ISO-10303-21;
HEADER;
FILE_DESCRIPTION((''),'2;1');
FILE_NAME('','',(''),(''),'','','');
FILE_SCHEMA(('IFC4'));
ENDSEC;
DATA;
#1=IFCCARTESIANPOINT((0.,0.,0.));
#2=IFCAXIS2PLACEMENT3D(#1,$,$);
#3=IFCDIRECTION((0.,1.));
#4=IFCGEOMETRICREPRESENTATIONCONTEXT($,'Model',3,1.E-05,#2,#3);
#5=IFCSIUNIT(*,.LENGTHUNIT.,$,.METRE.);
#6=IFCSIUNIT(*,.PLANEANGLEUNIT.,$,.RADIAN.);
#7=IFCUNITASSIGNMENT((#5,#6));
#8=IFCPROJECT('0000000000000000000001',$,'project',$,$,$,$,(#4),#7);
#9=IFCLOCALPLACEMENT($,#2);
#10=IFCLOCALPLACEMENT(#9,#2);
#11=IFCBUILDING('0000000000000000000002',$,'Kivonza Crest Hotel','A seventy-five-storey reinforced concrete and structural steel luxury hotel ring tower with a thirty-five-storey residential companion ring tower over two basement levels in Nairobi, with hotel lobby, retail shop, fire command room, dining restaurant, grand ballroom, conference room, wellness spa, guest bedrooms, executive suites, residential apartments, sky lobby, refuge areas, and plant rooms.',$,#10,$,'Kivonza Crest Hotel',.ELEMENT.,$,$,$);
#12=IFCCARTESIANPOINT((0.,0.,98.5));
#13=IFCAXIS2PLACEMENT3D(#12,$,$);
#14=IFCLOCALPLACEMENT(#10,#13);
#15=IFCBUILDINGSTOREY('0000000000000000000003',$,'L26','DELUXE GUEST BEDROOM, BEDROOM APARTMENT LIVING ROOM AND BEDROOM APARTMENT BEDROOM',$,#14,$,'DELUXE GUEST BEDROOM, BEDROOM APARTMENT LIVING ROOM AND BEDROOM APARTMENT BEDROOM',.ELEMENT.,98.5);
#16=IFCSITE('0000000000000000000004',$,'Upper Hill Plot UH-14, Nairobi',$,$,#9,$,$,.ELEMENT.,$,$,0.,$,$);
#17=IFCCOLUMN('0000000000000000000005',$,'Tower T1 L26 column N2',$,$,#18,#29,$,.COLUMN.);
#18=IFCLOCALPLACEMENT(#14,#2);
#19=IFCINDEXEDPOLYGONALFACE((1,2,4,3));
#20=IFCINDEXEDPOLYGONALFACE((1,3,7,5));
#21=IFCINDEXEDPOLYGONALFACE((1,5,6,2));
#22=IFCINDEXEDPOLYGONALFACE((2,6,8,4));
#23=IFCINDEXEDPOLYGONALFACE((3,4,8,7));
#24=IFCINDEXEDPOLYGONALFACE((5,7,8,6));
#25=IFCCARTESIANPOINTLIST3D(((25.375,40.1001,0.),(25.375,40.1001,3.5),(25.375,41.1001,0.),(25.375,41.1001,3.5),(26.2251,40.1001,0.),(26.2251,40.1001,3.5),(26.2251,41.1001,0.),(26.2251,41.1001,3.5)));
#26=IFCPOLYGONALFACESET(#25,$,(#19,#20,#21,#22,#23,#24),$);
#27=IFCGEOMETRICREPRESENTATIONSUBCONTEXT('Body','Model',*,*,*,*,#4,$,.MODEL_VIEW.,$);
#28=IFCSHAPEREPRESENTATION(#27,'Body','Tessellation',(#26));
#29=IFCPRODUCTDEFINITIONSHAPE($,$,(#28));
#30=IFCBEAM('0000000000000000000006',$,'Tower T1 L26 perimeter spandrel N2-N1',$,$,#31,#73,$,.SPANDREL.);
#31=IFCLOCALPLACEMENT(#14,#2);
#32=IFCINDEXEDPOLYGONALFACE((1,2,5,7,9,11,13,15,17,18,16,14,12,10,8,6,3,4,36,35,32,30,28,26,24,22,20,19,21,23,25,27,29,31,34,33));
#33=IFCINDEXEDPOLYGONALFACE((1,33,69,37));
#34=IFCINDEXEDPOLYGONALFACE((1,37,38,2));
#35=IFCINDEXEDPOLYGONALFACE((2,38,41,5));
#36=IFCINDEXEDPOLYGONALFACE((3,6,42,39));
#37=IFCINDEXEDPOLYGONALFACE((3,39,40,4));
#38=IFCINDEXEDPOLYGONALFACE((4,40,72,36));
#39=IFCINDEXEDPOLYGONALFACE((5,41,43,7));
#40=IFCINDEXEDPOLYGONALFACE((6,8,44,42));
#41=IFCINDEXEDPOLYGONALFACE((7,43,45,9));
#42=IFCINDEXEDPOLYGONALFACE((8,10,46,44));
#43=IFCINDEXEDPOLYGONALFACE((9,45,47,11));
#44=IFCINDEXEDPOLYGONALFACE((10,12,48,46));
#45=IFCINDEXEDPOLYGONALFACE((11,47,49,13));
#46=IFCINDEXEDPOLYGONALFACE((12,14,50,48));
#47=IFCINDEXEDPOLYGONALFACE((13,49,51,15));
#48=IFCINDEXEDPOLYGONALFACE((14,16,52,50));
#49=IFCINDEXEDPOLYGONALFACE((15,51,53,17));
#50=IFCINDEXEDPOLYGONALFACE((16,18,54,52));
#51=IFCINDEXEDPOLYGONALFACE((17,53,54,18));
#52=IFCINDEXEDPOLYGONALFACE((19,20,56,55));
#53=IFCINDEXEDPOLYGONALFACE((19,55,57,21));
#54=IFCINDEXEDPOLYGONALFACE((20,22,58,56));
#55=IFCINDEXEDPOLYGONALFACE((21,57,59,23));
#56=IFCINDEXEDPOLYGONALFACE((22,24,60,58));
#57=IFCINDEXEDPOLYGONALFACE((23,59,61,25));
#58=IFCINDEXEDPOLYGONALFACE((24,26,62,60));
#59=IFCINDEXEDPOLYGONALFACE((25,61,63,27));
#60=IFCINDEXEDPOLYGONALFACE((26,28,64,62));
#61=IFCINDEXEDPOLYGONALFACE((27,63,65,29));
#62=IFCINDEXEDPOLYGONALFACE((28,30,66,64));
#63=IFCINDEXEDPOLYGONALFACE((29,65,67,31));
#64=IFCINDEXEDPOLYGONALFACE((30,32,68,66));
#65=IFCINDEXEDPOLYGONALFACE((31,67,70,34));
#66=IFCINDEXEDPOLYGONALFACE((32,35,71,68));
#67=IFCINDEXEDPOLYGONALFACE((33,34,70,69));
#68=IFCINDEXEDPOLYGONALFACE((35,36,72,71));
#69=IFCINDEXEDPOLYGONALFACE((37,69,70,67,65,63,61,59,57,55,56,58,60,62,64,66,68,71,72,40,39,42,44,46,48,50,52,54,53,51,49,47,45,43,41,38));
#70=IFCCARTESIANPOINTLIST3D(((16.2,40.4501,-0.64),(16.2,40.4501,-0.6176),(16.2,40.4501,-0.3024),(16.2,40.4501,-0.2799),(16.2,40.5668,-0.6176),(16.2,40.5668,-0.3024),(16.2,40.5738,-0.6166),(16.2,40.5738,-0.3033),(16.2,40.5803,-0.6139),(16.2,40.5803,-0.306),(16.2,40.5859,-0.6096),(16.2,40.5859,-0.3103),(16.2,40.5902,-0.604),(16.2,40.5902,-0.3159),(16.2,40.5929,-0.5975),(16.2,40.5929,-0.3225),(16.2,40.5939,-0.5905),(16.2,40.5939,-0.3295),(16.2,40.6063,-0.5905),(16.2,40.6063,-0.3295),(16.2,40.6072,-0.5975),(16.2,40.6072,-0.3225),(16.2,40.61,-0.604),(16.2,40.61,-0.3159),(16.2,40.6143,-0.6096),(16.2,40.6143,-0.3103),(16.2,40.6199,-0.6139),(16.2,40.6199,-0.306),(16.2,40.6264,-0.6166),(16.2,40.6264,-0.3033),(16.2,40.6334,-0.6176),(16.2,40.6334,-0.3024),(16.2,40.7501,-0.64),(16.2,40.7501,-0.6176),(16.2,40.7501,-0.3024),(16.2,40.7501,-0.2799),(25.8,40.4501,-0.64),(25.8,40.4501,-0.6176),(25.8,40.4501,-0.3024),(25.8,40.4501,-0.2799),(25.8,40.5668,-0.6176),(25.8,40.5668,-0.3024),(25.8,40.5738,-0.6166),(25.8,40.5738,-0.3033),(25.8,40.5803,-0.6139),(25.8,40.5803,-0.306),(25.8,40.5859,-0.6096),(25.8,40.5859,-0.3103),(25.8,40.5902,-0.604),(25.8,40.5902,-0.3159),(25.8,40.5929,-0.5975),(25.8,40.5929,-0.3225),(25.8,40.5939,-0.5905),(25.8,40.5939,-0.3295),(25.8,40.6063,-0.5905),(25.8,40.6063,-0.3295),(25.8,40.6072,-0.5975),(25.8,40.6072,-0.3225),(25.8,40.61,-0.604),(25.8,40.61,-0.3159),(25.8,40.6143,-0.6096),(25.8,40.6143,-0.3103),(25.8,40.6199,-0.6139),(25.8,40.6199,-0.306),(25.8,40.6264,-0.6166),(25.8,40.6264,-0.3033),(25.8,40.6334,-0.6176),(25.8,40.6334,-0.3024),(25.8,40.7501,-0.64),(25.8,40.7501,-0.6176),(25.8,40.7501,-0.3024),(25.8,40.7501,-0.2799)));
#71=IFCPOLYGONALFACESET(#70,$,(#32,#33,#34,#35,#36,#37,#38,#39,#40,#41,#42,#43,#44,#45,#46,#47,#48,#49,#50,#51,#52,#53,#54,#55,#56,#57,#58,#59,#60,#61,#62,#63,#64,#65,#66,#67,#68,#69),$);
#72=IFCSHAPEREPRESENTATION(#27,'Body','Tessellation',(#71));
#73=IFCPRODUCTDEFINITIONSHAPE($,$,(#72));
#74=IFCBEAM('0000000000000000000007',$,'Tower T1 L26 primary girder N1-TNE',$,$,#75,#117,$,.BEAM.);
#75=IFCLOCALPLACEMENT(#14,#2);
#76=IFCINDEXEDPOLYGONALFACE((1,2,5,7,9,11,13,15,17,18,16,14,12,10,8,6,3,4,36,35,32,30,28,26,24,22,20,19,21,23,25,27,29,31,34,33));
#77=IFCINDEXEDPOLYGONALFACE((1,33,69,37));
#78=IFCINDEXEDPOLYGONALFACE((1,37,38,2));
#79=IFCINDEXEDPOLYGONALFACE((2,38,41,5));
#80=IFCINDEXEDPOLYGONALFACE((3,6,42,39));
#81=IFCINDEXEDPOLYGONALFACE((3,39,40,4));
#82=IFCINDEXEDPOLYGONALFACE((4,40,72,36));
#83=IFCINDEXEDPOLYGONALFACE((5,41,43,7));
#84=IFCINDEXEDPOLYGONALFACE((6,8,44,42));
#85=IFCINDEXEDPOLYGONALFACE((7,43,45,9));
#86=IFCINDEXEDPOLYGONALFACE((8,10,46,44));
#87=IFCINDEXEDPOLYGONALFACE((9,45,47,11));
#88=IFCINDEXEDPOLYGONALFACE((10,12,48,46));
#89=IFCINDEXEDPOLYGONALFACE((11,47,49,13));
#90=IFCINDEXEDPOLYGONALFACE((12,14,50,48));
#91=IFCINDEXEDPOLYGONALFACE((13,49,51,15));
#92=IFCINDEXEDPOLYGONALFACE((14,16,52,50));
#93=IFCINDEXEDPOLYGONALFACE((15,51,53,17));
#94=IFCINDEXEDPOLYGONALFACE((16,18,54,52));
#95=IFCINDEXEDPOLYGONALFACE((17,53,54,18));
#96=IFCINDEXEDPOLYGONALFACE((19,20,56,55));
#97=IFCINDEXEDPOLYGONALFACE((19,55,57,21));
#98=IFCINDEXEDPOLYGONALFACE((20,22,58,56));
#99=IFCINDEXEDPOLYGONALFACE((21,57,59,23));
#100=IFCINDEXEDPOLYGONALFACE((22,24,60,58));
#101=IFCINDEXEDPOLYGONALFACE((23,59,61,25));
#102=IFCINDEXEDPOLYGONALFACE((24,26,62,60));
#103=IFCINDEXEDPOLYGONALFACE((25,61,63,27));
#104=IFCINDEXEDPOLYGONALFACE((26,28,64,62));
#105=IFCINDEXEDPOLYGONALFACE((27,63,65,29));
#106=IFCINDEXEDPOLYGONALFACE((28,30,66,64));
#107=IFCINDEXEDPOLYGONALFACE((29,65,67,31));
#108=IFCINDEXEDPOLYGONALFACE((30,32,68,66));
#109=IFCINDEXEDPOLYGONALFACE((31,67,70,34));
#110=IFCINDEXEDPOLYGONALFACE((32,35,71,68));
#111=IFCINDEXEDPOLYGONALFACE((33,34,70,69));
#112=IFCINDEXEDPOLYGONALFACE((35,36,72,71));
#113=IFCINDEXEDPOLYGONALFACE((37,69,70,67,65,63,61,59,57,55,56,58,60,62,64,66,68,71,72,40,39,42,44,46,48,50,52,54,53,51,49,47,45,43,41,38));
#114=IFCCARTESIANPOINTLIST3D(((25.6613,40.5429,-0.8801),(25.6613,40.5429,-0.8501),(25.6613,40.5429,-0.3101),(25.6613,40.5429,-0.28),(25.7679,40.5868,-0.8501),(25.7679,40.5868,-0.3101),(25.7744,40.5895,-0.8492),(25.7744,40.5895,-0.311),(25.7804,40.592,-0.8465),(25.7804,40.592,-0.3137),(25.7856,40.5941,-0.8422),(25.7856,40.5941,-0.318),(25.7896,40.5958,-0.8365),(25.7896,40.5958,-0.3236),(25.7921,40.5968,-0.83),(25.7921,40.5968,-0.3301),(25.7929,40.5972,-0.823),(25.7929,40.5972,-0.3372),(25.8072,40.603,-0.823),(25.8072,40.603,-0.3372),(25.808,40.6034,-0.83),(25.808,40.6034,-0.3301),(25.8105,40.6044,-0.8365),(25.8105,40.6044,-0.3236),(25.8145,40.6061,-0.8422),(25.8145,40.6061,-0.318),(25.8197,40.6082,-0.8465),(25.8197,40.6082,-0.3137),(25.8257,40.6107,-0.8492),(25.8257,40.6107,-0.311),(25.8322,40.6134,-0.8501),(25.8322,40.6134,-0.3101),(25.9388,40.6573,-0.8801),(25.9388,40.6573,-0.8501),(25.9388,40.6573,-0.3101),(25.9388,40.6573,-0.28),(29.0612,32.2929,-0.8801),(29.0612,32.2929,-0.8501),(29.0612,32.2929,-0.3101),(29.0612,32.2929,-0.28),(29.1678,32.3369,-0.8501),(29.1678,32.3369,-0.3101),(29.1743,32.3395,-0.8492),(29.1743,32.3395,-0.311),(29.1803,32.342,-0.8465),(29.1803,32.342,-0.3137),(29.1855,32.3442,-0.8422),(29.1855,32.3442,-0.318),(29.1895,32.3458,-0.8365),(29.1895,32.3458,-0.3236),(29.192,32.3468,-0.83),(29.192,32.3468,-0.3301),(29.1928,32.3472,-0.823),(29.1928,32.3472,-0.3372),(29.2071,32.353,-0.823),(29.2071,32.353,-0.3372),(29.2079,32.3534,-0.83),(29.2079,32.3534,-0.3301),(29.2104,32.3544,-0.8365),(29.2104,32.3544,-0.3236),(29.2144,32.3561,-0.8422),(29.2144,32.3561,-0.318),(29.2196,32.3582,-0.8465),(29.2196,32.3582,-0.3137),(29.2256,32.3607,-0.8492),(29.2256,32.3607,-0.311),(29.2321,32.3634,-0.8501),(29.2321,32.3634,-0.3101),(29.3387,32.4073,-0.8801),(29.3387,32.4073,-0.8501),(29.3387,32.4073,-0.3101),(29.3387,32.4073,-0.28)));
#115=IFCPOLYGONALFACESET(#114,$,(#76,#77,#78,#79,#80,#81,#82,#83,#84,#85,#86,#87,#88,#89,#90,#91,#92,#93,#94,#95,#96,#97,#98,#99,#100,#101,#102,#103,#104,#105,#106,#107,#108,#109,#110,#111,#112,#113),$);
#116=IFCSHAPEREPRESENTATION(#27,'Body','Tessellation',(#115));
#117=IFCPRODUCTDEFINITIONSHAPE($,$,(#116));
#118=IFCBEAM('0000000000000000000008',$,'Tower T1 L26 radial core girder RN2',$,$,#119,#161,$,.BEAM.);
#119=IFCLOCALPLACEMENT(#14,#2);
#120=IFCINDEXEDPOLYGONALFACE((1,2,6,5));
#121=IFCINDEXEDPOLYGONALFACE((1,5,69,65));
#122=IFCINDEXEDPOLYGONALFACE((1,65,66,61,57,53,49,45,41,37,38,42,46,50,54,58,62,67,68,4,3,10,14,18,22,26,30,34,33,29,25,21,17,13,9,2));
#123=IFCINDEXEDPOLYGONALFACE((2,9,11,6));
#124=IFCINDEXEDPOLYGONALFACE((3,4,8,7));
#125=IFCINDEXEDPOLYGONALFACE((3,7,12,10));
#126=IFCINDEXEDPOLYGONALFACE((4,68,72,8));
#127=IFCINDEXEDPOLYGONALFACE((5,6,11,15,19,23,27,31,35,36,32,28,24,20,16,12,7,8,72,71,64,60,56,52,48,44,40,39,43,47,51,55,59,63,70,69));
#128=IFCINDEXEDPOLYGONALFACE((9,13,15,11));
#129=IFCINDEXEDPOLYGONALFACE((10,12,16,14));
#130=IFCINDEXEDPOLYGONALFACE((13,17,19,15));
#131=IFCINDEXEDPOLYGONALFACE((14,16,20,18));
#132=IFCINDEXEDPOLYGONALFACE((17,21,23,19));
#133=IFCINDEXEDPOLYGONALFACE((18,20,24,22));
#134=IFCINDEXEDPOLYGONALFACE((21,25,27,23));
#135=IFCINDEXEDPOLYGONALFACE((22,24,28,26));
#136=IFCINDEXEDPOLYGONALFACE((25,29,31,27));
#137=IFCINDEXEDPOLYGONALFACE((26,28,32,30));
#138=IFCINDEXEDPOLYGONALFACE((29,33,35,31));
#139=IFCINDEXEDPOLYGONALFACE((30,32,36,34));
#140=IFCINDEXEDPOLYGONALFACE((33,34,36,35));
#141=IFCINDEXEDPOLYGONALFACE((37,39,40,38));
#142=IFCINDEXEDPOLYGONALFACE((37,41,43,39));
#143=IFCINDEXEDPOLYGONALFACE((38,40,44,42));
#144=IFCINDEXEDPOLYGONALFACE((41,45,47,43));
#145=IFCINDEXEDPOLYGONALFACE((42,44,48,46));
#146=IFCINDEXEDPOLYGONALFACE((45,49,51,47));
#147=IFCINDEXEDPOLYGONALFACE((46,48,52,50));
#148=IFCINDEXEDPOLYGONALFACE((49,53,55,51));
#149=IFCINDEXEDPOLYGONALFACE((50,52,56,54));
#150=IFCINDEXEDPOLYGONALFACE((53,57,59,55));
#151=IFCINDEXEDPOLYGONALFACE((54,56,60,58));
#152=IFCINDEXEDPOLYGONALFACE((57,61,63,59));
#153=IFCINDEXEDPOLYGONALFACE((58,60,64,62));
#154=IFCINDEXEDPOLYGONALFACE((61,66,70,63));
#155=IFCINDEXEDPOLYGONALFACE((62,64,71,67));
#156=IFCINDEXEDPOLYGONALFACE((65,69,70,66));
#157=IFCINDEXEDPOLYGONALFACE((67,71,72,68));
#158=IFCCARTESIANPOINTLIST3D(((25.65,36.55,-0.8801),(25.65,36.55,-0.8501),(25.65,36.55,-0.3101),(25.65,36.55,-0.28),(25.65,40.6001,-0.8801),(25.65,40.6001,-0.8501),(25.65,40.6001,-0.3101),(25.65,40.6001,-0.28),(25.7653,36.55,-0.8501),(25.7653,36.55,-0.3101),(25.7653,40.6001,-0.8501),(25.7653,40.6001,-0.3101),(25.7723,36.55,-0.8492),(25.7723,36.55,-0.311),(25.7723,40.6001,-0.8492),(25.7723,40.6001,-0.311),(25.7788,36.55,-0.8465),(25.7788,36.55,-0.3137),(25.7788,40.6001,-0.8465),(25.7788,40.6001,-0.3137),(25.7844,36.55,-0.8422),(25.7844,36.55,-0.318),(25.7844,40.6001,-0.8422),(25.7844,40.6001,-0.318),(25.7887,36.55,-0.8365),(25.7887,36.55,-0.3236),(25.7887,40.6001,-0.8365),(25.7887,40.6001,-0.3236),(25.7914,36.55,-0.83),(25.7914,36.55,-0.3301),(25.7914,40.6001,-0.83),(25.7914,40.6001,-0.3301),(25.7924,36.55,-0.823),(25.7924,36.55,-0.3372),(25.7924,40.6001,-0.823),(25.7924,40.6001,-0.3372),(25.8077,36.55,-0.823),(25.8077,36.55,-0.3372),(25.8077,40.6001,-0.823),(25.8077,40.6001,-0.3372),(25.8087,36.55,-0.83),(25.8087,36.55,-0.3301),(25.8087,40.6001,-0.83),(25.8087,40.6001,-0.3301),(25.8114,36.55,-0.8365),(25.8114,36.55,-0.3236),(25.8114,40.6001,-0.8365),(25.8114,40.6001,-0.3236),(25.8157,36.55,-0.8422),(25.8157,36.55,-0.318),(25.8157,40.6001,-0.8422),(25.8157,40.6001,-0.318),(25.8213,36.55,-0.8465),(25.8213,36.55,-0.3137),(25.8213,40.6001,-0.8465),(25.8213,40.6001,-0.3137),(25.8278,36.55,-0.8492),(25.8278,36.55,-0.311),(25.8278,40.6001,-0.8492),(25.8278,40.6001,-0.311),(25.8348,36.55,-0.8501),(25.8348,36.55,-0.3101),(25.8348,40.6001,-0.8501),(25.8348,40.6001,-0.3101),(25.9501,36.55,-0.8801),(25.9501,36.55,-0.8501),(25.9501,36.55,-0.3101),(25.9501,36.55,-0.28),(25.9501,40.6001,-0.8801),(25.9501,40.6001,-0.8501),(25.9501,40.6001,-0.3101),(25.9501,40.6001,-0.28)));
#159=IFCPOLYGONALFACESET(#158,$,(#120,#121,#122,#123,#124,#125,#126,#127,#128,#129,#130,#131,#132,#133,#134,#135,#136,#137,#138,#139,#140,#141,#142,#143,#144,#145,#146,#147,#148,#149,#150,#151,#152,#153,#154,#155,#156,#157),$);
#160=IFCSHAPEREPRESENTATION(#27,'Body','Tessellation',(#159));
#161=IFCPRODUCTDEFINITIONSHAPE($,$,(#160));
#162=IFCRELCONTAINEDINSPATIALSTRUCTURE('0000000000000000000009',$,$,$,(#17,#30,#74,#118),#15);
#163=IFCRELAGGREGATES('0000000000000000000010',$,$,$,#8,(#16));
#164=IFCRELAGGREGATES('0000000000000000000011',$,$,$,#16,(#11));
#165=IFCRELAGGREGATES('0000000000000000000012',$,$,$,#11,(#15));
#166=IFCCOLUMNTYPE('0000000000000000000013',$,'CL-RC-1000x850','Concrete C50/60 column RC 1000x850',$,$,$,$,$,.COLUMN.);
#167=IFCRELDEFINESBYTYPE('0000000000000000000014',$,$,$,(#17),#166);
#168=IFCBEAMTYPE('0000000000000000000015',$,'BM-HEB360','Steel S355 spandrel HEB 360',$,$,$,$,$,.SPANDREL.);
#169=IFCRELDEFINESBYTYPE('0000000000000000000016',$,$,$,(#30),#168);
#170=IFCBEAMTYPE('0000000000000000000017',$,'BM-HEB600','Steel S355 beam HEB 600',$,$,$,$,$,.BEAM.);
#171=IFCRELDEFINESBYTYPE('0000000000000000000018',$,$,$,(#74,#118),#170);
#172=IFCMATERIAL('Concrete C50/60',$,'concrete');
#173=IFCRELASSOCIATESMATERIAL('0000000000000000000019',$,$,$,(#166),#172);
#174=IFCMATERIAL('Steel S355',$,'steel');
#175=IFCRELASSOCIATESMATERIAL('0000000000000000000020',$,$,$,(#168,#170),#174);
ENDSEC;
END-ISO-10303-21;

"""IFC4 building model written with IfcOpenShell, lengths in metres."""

from ifc_helpers import new_model, si_unit, direction, frame, origin, origin_2d, place, context, subcontext, project, spatial, rectangle, i_section, extrude, material, material_profile, profile_set, type_object, element, save


model = new_model("IFC4")

# Units and contexts
model_context = context("Model", 3, precision=1e-05, world=origin(), true_north=direction((0.0, 1.0)))
body_context = subcontext(model_context, "Body", "Model", "MODEL_VIEW")
ifc_project = project(units=[si_unit("LENGTHUNIT", "METRE"), si_unit("PLANEANGLEUNIT", "RADIAN")], contexts=[model_context])

# Site, building, storey
site_placement = place(None, origin())
site = spatial("IfcSite", under=ifc_project, at=site_placement, Name="Upper Hill Plot UH-14, Nairobi", CompositionType="ELEMENT", RefElevation=0.0)
building_placement = place(site_placement, origin())
building = spatial("IfcBuilding", under=site, at=building_placement, Name="Kivonza Crest Hotel", Description="A seventy-five-storey reinforced concrete and structural steel luxury hotel ring tower with a thirty-five-storey residential companion ring tower over two basement levels in Nairobi, with hotel lobby, retail shop, fire command room, dining restaurant, grand ballroom, conference room, wellness spa, guest bedrooms, executive suites, residential apartments, sky lobby, refuge areas, and plant rooms.", LongName="Kivonza Crest Hotel", CompositionType="ELEMENT")
storey_placement = place(building_placement, frame((0.0, 0.0, 98.5)))
storey = spatial("IfcBuildingStorey", under=building, at=storey_placement, Name="L26", Description="DELUXE GUEST BEDROOM, BEDROOM APARTMENT LIVING ROOM AND BEDROOM APARTMENT BEDROOM", LongName="DELUXE GUEST BEDROOM, BEDROOM APARTMENT LIVING ROOM AND BEDROOM APARTMENT BEDROOM", CompositionType="ELEMENT", Elevation=98.5)

# Column
ifc_material_1 = material(Name="Concrete C50/60", Category="concrete")
ifc_material_profile_1 = material_profile(ifc_material_1, rectangle(XDim=0.8501, YDim=1.0, at=origin_2d()), Name="RC 1000x850")
ifc_profile_set_1 = profile_set([ifc_material_profile_1], Name="Concrete C50/60")
column_type = type_object("IfcColumnType", Name="CL-RC-1000x850", Description="Concrete C50/60 column RC 1000x850", PredefinedType="COLUMN", material=ifc_profile_set_1)
column_placement = place(storey_placement, frame((25.8, 40.6001, 0.0), z_axis=(0.0, 0.0, 1.0), x_axis=(1.0, 0.0, 0.0)))
element("IfcColumn", 1, at=column_placement, inside=storey, type_object=column_type, Name="Tower T1 L26 column N2", PredefinedType="COLUMN", context=body_context, shape_type="SweptSolid", body=[
    extrude(rectangle(XDim=0.8501, YDim=1.0, at=origin_2d()), origin(), (0.0, 0.0, 1.0), 3.5),
])

# Beams
ifc_material_2 = material(Name="Steel S355", Category="steel")
ifc_material_profile_2 = material_profile(ifc_material_2, i_section(OverallWidth=0.3, OverallDepth=0.3601, WebThickness=0.0125, FlangeThickness=0.0225, FilletRadius=0.0271, at=origin_2d()), Name="HEB 360")
ifc_profile_set_2 = profile_set([ifc_material_profile_2], Name="Steel S355")
beam_type_1 = type_object("IfcBeamType", Name="BM-HEB360", Description="Steel S355 spandrel HEB 360", PredefinedType="SPANDREL", material=ifc_profile_set_2)
beam_1_placement = place(storey_placement, frame((25.8, 40.6001, -0.46), z_axis=(-1.0, 0.0, 0.0), x_axis=(0.0, -1.0, 0.0)))
element("IfcBeam", 2, at=beam_1_placement, inside=storey, type_object=beam_type_1, Name="Tower T1 L26 perimeter spandrel N2-N1", PredefinedType="SPANDREL", context=body_context, shape_type="SweptSolid", body=[
    extrude(i_section(OverallWidth=0.3, OverallDepth=0.3601, WebThickness=0.0125, FlangeThickness=0.0225, FilletRadius=0.0271, at=origin_2d()), origin(), (0.0, 0.0, 1.0), 9.6001),
])
ifc_material_profile_3 = material_profile(ifc_material_2, i_section(OverallWidth=0.3, OverallDepth=0.6001, WebThickness=0.0154, FlangeThickness=0.03, FilletRadius=0.0271, at=origin_2d()), Name="HEB 600")
ifc_profile_set_3 = profile_set([ifc_material_profile_3], Name="Steel S355")
beam_type_2 = type_object("IfcBeamType", Name="BM-HEB600", Description="Steel S355 beam HEB 600", PredefinedType="BEAM", material=ifc_profile_set_3)
beam_2_placement = place(storey_placement, frame((25.8, 40.6001, -0.5801), z_axis=(0.381022, -0.924566, 0.0), x_axis=(0.924566, 0.381022, 0.0)))
element("IfcBeam", 3, at=beam_2_placement, inside=storey, type_object=beam_type_2, Name="Tower T1 L26 primary girder N1-TNE", PredefinedType="BEAM", context=body_context, shape_type="SweptSolid", body=[
    extrude(i_section(OverallWidth=0.3, OverallDepth=0.6001, WebThickness=0.0154, FlangeThickness=0.03, FilletRadius=0.0271, at=origin_2d()), origin(), (0.0, 0.0, 1.0), 8.9231),
])
beam_3_placement = place(storey_placement, frame((25.8, 40.6001, -0.5801), z_axis=(0.0, -1.0, 0.0), x_axis=(1.0, 0.0, 0.0)))
element("IfcBeam", 4, at=beam_3_placement, inside=storey, type_object=beam_type_2, Name="Tower T1 L26 radial core girder RN2", PredefinedType="BEAM", context=body_context, shape_type="SweptSolid", body=[
    extrude(i_section(OverallWidth=0.3, OverallDepth=0.6001, WebThickness=0.0154, FlangeThickness=0.03, FilletRadius=0.0271, at=origin_2d()), origin(), (0.0, 0.0, 1.0), 4.05),
])

save(model, "model.ifc")
